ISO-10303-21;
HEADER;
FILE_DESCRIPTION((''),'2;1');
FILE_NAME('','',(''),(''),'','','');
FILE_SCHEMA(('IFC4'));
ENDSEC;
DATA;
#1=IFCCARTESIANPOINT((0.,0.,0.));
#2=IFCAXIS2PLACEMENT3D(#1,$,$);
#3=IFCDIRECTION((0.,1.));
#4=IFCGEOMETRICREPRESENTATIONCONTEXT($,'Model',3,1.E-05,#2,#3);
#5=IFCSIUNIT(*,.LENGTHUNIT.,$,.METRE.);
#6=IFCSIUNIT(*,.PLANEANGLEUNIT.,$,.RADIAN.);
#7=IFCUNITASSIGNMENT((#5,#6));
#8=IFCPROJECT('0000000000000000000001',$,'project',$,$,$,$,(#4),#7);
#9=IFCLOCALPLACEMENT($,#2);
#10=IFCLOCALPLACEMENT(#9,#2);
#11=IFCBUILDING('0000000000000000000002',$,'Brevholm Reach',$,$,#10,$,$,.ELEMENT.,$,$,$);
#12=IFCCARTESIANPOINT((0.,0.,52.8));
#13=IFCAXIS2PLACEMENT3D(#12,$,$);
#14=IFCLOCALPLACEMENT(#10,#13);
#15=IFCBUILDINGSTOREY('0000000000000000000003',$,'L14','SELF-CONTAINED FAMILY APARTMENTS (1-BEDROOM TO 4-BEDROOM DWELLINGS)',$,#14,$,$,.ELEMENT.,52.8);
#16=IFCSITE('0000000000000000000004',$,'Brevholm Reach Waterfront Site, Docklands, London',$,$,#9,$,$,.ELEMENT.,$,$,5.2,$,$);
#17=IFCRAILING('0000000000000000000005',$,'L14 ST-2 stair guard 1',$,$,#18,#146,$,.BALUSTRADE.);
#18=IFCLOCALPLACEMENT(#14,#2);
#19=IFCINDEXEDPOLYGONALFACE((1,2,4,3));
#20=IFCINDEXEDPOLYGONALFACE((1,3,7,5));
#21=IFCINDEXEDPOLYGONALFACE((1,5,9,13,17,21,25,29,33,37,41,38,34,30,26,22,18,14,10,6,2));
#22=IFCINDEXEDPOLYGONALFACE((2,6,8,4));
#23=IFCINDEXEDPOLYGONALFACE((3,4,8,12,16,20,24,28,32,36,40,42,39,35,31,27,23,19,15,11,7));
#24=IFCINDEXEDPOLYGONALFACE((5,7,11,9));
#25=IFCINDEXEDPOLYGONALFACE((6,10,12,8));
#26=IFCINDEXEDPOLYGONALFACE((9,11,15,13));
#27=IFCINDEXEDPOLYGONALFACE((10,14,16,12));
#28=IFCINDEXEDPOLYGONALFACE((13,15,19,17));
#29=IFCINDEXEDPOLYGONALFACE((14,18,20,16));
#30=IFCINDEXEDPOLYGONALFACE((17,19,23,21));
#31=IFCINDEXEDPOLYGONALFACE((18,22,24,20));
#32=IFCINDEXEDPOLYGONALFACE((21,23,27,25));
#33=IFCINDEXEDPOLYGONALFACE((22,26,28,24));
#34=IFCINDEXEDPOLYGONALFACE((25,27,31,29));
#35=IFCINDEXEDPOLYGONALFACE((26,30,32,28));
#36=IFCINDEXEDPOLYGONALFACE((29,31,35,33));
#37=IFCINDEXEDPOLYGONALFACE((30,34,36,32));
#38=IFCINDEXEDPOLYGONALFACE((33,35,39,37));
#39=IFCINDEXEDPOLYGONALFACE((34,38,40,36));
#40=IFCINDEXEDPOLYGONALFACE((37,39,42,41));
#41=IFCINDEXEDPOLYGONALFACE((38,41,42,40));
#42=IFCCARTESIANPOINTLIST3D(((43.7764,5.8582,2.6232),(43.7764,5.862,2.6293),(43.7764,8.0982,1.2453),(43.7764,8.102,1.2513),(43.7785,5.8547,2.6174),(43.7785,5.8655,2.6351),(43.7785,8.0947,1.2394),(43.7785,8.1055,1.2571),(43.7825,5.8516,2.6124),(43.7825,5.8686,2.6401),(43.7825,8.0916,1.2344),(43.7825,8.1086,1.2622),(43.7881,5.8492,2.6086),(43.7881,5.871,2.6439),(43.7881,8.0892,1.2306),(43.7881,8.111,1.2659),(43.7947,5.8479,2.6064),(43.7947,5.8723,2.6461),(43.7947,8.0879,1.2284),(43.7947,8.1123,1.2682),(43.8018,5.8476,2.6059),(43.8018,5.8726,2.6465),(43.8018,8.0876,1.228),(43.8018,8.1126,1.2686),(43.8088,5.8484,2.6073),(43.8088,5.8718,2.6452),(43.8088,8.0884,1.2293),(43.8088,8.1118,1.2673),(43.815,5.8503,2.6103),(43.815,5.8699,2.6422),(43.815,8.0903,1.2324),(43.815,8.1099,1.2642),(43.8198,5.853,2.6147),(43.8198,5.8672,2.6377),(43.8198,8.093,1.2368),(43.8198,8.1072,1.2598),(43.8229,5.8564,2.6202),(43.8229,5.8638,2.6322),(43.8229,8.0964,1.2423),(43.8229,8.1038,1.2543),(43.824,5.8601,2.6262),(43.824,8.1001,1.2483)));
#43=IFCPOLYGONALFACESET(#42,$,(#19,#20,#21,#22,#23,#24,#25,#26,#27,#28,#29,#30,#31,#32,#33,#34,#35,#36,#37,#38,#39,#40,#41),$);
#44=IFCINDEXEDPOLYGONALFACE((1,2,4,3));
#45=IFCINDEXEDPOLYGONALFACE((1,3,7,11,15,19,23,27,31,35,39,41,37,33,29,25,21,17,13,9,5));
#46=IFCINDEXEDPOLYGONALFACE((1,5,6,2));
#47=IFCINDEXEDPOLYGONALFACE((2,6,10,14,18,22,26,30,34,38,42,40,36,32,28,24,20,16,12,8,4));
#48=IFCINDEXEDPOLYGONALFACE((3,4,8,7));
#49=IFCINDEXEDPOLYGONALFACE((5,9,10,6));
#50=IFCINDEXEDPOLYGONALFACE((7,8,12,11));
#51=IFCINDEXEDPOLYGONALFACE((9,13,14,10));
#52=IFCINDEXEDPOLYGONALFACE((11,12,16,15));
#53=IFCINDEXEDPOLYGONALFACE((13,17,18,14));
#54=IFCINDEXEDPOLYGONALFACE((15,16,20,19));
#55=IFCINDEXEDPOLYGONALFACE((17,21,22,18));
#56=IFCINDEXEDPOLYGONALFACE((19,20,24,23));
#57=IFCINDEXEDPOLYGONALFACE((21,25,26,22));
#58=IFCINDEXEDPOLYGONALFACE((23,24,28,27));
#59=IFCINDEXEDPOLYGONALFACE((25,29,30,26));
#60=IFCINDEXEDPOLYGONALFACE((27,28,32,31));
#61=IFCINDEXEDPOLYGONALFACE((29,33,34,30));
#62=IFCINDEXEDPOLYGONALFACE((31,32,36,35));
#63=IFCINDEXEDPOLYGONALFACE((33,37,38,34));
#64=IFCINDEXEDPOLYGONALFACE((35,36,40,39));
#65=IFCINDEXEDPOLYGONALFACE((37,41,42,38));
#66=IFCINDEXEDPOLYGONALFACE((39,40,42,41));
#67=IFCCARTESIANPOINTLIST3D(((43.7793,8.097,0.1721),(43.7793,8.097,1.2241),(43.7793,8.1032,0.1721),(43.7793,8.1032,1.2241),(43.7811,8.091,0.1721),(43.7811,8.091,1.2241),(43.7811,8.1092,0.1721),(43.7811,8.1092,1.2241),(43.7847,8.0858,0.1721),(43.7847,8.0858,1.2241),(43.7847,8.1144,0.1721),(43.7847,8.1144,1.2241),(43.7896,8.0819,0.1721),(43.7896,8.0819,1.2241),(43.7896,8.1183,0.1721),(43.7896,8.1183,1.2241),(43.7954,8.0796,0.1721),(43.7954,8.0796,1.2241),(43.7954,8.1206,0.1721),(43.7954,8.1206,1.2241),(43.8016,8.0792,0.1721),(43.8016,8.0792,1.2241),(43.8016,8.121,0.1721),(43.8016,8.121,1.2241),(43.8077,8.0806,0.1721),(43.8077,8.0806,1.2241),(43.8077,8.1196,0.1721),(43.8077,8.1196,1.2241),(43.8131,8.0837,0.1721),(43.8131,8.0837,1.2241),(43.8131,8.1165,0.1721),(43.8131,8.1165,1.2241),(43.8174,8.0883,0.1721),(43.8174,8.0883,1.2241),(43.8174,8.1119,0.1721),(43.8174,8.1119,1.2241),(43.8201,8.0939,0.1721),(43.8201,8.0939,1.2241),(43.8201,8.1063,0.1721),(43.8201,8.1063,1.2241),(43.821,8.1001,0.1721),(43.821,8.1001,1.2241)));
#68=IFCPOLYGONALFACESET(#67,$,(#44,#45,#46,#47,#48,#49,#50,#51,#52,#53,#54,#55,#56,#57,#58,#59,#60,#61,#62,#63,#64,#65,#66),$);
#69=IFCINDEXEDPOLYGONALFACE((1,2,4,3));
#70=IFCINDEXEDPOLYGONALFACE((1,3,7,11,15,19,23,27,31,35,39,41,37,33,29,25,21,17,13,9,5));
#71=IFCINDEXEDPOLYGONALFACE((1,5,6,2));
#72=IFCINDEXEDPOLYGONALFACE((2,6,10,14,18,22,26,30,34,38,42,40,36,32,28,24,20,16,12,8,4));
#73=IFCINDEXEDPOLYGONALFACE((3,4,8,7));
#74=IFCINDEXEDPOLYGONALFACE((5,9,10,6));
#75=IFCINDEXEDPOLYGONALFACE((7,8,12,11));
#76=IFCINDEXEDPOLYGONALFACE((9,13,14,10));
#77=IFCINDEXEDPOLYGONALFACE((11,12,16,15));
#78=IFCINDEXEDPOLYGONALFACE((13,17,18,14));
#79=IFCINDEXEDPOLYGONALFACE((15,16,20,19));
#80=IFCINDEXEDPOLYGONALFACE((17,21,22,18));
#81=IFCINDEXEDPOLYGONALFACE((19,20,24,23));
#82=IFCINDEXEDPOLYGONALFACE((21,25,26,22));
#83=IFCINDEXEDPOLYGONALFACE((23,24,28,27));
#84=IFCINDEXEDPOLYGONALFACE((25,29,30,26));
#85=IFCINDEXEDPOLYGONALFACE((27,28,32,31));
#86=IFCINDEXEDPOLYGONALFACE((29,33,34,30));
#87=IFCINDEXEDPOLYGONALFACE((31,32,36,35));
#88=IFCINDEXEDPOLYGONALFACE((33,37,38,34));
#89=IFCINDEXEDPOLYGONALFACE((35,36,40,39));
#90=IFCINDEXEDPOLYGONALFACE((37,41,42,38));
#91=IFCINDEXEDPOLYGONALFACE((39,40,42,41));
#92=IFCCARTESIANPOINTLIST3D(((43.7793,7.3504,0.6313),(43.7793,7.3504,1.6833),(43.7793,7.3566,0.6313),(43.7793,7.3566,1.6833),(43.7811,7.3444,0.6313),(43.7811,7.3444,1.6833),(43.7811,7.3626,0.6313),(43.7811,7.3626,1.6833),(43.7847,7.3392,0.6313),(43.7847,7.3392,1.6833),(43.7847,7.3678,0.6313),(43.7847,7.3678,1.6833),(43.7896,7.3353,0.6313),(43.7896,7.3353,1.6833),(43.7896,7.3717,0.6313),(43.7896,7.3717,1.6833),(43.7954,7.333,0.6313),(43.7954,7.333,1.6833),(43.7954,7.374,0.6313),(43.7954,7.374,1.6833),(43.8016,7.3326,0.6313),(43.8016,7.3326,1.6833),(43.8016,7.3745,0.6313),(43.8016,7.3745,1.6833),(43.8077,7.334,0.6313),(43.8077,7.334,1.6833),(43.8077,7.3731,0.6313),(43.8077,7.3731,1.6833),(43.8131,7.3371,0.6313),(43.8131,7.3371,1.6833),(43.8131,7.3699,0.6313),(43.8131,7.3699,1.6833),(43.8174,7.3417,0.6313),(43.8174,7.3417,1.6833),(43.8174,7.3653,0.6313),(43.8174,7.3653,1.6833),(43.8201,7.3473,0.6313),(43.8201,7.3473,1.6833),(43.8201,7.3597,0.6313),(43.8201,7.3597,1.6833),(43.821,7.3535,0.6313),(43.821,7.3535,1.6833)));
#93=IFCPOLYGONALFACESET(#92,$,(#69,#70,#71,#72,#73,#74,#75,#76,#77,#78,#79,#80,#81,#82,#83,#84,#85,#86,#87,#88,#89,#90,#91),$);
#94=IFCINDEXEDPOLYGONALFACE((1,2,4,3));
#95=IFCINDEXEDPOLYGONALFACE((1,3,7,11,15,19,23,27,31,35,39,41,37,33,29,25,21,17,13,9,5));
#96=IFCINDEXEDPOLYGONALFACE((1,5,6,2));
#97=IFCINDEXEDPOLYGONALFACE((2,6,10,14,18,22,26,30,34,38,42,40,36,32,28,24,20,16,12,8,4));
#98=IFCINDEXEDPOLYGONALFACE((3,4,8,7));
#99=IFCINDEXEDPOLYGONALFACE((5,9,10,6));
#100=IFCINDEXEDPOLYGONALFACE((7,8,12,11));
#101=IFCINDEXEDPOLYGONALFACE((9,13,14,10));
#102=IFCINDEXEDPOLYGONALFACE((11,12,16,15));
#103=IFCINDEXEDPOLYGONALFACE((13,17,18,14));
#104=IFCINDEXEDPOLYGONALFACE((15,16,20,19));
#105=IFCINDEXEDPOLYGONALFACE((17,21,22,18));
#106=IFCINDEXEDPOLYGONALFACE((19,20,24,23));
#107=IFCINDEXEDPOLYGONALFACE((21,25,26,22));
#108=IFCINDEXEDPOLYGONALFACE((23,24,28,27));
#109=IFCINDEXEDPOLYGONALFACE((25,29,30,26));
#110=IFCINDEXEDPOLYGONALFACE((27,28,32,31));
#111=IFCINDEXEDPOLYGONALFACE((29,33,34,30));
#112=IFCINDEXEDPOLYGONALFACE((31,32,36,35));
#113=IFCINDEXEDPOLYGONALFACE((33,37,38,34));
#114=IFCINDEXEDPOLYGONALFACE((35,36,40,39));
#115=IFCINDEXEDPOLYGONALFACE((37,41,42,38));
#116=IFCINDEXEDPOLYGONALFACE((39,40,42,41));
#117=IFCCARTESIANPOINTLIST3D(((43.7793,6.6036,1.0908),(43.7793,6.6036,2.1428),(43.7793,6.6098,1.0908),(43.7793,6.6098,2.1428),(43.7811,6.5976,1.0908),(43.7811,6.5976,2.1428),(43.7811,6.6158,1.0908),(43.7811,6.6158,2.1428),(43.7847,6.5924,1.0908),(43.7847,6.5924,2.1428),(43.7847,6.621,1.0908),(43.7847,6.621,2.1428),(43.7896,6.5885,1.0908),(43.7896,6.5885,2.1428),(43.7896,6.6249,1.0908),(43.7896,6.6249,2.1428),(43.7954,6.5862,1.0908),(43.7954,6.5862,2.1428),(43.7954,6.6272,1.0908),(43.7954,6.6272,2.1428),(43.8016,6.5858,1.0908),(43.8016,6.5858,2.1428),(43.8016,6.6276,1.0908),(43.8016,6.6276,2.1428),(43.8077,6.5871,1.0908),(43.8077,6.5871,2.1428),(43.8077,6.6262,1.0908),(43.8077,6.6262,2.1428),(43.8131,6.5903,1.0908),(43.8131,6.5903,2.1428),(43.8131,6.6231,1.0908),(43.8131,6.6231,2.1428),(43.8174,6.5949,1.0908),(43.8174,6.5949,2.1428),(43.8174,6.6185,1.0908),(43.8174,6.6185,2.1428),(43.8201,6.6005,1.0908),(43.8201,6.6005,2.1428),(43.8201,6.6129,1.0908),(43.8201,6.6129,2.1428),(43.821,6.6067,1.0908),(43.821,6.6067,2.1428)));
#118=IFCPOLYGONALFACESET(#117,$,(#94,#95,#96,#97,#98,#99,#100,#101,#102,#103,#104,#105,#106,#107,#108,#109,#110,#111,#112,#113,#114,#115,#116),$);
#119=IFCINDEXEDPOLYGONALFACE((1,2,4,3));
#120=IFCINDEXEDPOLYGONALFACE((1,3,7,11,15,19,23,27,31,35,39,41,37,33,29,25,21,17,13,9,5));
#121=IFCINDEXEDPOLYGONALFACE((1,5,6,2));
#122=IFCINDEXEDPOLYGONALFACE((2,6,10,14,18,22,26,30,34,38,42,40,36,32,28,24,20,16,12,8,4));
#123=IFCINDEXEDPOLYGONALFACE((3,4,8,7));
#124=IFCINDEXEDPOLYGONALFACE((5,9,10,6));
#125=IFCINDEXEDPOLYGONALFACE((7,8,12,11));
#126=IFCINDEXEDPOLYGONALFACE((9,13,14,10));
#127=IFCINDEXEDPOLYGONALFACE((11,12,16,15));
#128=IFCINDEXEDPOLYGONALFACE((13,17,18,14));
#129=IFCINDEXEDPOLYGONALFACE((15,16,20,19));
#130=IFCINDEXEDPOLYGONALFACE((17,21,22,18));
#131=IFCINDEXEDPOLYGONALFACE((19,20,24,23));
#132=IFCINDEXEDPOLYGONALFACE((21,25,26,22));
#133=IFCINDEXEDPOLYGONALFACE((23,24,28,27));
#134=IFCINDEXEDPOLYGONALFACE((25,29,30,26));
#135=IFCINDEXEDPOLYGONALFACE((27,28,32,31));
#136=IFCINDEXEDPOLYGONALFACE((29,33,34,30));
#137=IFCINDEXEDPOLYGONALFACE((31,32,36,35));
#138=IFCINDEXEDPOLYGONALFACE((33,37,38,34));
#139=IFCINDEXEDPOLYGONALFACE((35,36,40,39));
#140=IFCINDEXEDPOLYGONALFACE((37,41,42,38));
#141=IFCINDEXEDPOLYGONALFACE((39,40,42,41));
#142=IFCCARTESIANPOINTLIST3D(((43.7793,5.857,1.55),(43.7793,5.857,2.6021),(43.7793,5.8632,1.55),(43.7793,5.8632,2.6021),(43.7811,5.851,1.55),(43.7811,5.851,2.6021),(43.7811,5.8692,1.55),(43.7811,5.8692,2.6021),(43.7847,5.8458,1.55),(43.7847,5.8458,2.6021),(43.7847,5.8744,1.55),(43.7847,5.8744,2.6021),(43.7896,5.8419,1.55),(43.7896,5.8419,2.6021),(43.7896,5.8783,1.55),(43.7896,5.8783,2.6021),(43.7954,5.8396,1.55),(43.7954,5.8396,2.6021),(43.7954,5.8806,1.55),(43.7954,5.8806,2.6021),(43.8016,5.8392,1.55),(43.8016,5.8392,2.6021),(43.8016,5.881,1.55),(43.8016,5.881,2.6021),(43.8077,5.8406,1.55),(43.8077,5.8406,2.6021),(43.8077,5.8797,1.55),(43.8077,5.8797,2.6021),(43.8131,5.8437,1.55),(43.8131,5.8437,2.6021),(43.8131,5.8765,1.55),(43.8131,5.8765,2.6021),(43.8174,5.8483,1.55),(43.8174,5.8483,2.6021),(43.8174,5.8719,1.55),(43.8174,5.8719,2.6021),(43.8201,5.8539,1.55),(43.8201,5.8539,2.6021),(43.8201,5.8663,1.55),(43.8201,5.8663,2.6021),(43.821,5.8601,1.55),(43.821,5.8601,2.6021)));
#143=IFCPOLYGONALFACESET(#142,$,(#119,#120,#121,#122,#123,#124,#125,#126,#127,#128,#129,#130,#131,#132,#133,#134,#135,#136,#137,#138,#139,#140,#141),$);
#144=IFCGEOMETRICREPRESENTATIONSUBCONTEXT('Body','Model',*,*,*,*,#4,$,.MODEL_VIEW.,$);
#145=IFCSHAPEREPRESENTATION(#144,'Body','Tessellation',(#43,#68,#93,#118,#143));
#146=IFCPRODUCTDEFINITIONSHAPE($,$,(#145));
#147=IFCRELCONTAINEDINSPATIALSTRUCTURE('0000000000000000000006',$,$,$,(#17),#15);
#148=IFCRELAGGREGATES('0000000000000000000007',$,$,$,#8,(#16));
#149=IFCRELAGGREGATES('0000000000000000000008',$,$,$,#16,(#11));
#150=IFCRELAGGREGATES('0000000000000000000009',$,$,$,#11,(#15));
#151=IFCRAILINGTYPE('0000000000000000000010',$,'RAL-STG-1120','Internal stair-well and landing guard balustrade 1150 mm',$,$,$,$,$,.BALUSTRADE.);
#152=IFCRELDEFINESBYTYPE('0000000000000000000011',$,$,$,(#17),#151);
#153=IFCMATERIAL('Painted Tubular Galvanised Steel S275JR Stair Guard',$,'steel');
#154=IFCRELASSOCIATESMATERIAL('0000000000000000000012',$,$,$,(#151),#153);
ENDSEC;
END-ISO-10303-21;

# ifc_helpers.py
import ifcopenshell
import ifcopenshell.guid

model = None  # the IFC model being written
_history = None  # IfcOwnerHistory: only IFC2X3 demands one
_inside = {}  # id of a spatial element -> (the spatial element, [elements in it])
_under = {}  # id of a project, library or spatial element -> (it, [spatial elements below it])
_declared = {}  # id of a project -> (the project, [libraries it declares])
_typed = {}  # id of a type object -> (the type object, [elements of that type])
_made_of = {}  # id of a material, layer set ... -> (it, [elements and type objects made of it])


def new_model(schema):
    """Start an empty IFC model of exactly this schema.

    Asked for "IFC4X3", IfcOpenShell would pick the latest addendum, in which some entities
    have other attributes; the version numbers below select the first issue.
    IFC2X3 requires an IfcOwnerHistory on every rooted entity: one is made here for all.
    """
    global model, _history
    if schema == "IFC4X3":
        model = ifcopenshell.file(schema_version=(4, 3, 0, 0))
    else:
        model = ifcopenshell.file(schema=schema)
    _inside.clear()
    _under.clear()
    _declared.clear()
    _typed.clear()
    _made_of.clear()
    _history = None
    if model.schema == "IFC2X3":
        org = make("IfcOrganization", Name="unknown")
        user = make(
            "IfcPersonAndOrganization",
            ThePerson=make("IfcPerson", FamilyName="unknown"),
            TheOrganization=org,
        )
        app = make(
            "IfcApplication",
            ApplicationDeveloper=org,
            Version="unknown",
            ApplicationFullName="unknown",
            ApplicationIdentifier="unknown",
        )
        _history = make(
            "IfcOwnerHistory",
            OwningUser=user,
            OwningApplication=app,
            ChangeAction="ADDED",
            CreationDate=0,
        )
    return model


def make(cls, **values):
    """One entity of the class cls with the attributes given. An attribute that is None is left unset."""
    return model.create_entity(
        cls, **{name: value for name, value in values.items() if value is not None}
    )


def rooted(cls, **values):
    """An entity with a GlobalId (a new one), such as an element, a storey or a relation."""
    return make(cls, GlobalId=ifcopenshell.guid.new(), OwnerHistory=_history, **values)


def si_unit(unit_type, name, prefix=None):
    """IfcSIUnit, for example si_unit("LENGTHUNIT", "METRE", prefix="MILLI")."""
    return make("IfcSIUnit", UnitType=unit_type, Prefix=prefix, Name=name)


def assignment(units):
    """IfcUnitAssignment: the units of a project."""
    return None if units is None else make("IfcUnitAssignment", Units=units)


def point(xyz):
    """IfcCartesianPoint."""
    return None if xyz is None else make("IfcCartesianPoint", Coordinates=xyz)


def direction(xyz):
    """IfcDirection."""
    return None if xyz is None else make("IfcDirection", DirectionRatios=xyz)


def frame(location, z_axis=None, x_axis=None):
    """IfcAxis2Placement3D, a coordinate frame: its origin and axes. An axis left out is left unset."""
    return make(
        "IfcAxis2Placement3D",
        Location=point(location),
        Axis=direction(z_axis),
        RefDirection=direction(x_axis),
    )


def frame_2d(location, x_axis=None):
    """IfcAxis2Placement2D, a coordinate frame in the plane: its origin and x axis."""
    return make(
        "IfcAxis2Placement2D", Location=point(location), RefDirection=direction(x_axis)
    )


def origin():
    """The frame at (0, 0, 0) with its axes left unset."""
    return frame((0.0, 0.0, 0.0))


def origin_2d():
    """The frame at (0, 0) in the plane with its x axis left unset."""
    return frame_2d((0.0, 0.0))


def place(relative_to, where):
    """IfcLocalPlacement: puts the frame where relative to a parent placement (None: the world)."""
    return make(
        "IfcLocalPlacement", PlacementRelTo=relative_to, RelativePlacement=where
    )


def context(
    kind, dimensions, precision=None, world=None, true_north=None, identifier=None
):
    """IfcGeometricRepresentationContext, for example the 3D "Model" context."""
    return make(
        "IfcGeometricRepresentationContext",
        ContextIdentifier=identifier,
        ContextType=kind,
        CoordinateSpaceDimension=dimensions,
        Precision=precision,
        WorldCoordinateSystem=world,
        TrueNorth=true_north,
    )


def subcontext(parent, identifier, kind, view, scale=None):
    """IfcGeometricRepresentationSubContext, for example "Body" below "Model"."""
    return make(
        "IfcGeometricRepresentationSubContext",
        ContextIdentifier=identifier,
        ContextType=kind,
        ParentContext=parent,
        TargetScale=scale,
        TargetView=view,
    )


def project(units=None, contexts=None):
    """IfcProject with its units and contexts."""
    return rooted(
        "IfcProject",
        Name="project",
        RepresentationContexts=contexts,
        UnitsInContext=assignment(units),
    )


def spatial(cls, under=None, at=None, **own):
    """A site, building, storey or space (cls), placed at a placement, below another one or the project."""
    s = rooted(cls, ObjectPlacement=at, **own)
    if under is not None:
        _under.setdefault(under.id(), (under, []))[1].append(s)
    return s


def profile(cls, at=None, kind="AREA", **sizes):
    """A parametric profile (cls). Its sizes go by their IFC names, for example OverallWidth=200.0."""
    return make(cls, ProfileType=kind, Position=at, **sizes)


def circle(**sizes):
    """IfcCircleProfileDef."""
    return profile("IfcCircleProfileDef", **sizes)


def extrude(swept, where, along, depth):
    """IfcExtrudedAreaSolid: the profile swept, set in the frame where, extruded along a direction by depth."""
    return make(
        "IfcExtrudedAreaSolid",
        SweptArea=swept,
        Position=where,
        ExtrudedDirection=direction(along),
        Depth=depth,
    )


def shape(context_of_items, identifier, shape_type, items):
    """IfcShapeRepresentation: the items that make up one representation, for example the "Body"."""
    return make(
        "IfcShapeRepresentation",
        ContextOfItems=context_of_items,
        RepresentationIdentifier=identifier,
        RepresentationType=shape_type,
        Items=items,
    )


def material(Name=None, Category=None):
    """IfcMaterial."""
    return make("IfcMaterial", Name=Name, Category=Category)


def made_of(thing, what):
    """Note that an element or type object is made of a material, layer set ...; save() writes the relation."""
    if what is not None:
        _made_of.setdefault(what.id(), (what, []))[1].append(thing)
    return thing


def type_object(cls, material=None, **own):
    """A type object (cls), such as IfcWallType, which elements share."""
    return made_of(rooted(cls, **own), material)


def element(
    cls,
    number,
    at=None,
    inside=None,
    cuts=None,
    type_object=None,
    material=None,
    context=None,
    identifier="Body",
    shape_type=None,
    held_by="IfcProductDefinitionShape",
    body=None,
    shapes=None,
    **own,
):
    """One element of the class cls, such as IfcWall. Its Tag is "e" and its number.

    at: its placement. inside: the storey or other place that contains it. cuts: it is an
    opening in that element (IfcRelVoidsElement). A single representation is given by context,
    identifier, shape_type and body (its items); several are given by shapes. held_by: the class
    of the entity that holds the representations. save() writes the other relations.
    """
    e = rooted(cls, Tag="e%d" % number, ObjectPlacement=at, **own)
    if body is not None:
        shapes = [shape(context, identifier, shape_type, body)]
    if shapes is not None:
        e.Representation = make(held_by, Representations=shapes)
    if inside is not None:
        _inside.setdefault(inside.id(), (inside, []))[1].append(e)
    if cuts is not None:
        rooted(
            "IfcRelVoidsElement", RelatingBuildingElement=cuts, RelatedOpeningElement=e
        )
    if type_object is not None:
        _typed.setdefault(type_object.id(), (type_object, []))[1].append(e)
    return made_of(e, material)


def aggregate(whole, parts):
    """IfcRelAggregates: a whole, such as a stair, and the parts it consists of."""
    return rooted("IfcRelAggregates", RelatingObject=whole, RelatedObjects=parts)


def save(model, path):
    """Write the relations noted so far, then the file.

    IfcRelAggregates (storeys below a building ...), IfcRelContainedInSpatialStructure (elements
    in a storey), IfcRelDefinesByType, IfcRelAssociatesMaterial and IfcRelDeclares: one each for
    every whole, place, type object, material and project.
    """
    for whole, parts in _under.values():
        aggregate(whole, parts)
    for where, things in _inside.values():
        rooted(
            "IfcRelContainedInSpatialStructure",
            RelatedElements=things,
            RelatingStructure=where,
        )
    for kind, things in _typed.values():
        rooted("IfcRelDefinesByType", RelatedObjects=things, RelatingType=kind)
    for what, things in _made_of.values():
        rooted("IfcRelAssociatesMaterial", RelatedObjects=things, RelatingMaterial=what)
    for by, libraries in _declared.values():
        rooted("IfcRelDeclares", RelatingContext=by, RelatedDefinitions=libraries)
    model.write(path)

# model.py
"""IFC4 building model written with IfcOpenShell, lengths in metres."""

from ifc_helpers import new_model, si_unit, direction, frame, origin, origin_2d, place, context, subcontext, project, spatial, circle, extrude, material, type_object, element, save


model = new_model("IFC4")

# Units and contexts
model_context = context("Model", 3, precision=1e-05, world=origin(), true_north=direction((0.0, 1.0)))
body_context = subcontext(model_context, "Body", "Model", "MODEL_VIEW")
ifc_project = project(units=[si_unit("LENGTHUNIT", "METRE"), si_unit("PLANEANGLEUNIT", "RADIAN")], contexts=[model_context])

# Site, building, storey
site_placement = place(None, origin())
site = spatial("IfcSite", under=ifc_project, at=site_placement, Name="Brevholm Reach Waterfront Site, Docklands, London", CompositionType="ELEMENT", RefElevation=5.2)
building_placement = place(site_placement, origin())
building = spatial("IfcBuilding", under=site, at=building_placement, Name="Brevholm Reach", CompositionType="ELEMENT")
storey_placement = place(building_placement, frame((0.0, 0.0, 52.8)))
storey = spatial("IfcBuildingStorey", under=building, at=storey_placement, Name="L14", Description="SELF-CONTAINED FAMILY APARTMENTS (1-BEDROOM TO 4-BEDROOM DWELLINGS)", CompositionType="ELEMENT", Elevation=52.8)

# Railing
ifc_material_1 = material(Name="Painted Tubular Galvanised Steel S275JR Stair Guard", Category="steel")
railing_type_1 = type_object("IfcRailingType", Name="RAL-STG-1120", Description="Internal stair-well and landing guard balustrade 1150 mm", PredefinedType="BALUSTRADE", material=ifc_material_1)
railing_1_placement = place(storey_placement, frame((43.8, 8.1001, 0.1721)))
element("IfcRailing", 1, at=railing_1_placement, inside=storey, type_object=railing_type_1, Name="L14 ST-2 stair guard 1", PredefinedType="BALUSTRADE", context=body_context, shape_type="SweptSolid", body=[
    extrude(circle(Radius=0.0239, at=origin_2d()), frame((0.0, 0.0, 1.0762), z_axis=(0.0, -0.851748, 0.523952), x_axis=(1.0, 0.0, 0.0)), (0.0, 0.0, 1.0), 2.6299),
    extrude(circle(Radius=0.021, at=origin_2d()), origin(), (0.0, 0.0, 1.0), 1.052),
    extrude(circle(Radius=0.021, at=origin_2d()), frame((0.0, -0.7466, 0.4592)), (0.0, 0.0, 1.0), 1.052),
    extrude(circle(Radius=0.021, at=origin_2d()), frame((0.0, -1.4934, 0.9187)), (0.0, 0.0, 1.0), 1.052),
    extrude(circle(Radius=0.021, at=origin_2d()), frame((0.0, -2.24, 1.3779)), (0.0, 0.0, 1.0), 1.052),
])

save(model, "model.ifc")
